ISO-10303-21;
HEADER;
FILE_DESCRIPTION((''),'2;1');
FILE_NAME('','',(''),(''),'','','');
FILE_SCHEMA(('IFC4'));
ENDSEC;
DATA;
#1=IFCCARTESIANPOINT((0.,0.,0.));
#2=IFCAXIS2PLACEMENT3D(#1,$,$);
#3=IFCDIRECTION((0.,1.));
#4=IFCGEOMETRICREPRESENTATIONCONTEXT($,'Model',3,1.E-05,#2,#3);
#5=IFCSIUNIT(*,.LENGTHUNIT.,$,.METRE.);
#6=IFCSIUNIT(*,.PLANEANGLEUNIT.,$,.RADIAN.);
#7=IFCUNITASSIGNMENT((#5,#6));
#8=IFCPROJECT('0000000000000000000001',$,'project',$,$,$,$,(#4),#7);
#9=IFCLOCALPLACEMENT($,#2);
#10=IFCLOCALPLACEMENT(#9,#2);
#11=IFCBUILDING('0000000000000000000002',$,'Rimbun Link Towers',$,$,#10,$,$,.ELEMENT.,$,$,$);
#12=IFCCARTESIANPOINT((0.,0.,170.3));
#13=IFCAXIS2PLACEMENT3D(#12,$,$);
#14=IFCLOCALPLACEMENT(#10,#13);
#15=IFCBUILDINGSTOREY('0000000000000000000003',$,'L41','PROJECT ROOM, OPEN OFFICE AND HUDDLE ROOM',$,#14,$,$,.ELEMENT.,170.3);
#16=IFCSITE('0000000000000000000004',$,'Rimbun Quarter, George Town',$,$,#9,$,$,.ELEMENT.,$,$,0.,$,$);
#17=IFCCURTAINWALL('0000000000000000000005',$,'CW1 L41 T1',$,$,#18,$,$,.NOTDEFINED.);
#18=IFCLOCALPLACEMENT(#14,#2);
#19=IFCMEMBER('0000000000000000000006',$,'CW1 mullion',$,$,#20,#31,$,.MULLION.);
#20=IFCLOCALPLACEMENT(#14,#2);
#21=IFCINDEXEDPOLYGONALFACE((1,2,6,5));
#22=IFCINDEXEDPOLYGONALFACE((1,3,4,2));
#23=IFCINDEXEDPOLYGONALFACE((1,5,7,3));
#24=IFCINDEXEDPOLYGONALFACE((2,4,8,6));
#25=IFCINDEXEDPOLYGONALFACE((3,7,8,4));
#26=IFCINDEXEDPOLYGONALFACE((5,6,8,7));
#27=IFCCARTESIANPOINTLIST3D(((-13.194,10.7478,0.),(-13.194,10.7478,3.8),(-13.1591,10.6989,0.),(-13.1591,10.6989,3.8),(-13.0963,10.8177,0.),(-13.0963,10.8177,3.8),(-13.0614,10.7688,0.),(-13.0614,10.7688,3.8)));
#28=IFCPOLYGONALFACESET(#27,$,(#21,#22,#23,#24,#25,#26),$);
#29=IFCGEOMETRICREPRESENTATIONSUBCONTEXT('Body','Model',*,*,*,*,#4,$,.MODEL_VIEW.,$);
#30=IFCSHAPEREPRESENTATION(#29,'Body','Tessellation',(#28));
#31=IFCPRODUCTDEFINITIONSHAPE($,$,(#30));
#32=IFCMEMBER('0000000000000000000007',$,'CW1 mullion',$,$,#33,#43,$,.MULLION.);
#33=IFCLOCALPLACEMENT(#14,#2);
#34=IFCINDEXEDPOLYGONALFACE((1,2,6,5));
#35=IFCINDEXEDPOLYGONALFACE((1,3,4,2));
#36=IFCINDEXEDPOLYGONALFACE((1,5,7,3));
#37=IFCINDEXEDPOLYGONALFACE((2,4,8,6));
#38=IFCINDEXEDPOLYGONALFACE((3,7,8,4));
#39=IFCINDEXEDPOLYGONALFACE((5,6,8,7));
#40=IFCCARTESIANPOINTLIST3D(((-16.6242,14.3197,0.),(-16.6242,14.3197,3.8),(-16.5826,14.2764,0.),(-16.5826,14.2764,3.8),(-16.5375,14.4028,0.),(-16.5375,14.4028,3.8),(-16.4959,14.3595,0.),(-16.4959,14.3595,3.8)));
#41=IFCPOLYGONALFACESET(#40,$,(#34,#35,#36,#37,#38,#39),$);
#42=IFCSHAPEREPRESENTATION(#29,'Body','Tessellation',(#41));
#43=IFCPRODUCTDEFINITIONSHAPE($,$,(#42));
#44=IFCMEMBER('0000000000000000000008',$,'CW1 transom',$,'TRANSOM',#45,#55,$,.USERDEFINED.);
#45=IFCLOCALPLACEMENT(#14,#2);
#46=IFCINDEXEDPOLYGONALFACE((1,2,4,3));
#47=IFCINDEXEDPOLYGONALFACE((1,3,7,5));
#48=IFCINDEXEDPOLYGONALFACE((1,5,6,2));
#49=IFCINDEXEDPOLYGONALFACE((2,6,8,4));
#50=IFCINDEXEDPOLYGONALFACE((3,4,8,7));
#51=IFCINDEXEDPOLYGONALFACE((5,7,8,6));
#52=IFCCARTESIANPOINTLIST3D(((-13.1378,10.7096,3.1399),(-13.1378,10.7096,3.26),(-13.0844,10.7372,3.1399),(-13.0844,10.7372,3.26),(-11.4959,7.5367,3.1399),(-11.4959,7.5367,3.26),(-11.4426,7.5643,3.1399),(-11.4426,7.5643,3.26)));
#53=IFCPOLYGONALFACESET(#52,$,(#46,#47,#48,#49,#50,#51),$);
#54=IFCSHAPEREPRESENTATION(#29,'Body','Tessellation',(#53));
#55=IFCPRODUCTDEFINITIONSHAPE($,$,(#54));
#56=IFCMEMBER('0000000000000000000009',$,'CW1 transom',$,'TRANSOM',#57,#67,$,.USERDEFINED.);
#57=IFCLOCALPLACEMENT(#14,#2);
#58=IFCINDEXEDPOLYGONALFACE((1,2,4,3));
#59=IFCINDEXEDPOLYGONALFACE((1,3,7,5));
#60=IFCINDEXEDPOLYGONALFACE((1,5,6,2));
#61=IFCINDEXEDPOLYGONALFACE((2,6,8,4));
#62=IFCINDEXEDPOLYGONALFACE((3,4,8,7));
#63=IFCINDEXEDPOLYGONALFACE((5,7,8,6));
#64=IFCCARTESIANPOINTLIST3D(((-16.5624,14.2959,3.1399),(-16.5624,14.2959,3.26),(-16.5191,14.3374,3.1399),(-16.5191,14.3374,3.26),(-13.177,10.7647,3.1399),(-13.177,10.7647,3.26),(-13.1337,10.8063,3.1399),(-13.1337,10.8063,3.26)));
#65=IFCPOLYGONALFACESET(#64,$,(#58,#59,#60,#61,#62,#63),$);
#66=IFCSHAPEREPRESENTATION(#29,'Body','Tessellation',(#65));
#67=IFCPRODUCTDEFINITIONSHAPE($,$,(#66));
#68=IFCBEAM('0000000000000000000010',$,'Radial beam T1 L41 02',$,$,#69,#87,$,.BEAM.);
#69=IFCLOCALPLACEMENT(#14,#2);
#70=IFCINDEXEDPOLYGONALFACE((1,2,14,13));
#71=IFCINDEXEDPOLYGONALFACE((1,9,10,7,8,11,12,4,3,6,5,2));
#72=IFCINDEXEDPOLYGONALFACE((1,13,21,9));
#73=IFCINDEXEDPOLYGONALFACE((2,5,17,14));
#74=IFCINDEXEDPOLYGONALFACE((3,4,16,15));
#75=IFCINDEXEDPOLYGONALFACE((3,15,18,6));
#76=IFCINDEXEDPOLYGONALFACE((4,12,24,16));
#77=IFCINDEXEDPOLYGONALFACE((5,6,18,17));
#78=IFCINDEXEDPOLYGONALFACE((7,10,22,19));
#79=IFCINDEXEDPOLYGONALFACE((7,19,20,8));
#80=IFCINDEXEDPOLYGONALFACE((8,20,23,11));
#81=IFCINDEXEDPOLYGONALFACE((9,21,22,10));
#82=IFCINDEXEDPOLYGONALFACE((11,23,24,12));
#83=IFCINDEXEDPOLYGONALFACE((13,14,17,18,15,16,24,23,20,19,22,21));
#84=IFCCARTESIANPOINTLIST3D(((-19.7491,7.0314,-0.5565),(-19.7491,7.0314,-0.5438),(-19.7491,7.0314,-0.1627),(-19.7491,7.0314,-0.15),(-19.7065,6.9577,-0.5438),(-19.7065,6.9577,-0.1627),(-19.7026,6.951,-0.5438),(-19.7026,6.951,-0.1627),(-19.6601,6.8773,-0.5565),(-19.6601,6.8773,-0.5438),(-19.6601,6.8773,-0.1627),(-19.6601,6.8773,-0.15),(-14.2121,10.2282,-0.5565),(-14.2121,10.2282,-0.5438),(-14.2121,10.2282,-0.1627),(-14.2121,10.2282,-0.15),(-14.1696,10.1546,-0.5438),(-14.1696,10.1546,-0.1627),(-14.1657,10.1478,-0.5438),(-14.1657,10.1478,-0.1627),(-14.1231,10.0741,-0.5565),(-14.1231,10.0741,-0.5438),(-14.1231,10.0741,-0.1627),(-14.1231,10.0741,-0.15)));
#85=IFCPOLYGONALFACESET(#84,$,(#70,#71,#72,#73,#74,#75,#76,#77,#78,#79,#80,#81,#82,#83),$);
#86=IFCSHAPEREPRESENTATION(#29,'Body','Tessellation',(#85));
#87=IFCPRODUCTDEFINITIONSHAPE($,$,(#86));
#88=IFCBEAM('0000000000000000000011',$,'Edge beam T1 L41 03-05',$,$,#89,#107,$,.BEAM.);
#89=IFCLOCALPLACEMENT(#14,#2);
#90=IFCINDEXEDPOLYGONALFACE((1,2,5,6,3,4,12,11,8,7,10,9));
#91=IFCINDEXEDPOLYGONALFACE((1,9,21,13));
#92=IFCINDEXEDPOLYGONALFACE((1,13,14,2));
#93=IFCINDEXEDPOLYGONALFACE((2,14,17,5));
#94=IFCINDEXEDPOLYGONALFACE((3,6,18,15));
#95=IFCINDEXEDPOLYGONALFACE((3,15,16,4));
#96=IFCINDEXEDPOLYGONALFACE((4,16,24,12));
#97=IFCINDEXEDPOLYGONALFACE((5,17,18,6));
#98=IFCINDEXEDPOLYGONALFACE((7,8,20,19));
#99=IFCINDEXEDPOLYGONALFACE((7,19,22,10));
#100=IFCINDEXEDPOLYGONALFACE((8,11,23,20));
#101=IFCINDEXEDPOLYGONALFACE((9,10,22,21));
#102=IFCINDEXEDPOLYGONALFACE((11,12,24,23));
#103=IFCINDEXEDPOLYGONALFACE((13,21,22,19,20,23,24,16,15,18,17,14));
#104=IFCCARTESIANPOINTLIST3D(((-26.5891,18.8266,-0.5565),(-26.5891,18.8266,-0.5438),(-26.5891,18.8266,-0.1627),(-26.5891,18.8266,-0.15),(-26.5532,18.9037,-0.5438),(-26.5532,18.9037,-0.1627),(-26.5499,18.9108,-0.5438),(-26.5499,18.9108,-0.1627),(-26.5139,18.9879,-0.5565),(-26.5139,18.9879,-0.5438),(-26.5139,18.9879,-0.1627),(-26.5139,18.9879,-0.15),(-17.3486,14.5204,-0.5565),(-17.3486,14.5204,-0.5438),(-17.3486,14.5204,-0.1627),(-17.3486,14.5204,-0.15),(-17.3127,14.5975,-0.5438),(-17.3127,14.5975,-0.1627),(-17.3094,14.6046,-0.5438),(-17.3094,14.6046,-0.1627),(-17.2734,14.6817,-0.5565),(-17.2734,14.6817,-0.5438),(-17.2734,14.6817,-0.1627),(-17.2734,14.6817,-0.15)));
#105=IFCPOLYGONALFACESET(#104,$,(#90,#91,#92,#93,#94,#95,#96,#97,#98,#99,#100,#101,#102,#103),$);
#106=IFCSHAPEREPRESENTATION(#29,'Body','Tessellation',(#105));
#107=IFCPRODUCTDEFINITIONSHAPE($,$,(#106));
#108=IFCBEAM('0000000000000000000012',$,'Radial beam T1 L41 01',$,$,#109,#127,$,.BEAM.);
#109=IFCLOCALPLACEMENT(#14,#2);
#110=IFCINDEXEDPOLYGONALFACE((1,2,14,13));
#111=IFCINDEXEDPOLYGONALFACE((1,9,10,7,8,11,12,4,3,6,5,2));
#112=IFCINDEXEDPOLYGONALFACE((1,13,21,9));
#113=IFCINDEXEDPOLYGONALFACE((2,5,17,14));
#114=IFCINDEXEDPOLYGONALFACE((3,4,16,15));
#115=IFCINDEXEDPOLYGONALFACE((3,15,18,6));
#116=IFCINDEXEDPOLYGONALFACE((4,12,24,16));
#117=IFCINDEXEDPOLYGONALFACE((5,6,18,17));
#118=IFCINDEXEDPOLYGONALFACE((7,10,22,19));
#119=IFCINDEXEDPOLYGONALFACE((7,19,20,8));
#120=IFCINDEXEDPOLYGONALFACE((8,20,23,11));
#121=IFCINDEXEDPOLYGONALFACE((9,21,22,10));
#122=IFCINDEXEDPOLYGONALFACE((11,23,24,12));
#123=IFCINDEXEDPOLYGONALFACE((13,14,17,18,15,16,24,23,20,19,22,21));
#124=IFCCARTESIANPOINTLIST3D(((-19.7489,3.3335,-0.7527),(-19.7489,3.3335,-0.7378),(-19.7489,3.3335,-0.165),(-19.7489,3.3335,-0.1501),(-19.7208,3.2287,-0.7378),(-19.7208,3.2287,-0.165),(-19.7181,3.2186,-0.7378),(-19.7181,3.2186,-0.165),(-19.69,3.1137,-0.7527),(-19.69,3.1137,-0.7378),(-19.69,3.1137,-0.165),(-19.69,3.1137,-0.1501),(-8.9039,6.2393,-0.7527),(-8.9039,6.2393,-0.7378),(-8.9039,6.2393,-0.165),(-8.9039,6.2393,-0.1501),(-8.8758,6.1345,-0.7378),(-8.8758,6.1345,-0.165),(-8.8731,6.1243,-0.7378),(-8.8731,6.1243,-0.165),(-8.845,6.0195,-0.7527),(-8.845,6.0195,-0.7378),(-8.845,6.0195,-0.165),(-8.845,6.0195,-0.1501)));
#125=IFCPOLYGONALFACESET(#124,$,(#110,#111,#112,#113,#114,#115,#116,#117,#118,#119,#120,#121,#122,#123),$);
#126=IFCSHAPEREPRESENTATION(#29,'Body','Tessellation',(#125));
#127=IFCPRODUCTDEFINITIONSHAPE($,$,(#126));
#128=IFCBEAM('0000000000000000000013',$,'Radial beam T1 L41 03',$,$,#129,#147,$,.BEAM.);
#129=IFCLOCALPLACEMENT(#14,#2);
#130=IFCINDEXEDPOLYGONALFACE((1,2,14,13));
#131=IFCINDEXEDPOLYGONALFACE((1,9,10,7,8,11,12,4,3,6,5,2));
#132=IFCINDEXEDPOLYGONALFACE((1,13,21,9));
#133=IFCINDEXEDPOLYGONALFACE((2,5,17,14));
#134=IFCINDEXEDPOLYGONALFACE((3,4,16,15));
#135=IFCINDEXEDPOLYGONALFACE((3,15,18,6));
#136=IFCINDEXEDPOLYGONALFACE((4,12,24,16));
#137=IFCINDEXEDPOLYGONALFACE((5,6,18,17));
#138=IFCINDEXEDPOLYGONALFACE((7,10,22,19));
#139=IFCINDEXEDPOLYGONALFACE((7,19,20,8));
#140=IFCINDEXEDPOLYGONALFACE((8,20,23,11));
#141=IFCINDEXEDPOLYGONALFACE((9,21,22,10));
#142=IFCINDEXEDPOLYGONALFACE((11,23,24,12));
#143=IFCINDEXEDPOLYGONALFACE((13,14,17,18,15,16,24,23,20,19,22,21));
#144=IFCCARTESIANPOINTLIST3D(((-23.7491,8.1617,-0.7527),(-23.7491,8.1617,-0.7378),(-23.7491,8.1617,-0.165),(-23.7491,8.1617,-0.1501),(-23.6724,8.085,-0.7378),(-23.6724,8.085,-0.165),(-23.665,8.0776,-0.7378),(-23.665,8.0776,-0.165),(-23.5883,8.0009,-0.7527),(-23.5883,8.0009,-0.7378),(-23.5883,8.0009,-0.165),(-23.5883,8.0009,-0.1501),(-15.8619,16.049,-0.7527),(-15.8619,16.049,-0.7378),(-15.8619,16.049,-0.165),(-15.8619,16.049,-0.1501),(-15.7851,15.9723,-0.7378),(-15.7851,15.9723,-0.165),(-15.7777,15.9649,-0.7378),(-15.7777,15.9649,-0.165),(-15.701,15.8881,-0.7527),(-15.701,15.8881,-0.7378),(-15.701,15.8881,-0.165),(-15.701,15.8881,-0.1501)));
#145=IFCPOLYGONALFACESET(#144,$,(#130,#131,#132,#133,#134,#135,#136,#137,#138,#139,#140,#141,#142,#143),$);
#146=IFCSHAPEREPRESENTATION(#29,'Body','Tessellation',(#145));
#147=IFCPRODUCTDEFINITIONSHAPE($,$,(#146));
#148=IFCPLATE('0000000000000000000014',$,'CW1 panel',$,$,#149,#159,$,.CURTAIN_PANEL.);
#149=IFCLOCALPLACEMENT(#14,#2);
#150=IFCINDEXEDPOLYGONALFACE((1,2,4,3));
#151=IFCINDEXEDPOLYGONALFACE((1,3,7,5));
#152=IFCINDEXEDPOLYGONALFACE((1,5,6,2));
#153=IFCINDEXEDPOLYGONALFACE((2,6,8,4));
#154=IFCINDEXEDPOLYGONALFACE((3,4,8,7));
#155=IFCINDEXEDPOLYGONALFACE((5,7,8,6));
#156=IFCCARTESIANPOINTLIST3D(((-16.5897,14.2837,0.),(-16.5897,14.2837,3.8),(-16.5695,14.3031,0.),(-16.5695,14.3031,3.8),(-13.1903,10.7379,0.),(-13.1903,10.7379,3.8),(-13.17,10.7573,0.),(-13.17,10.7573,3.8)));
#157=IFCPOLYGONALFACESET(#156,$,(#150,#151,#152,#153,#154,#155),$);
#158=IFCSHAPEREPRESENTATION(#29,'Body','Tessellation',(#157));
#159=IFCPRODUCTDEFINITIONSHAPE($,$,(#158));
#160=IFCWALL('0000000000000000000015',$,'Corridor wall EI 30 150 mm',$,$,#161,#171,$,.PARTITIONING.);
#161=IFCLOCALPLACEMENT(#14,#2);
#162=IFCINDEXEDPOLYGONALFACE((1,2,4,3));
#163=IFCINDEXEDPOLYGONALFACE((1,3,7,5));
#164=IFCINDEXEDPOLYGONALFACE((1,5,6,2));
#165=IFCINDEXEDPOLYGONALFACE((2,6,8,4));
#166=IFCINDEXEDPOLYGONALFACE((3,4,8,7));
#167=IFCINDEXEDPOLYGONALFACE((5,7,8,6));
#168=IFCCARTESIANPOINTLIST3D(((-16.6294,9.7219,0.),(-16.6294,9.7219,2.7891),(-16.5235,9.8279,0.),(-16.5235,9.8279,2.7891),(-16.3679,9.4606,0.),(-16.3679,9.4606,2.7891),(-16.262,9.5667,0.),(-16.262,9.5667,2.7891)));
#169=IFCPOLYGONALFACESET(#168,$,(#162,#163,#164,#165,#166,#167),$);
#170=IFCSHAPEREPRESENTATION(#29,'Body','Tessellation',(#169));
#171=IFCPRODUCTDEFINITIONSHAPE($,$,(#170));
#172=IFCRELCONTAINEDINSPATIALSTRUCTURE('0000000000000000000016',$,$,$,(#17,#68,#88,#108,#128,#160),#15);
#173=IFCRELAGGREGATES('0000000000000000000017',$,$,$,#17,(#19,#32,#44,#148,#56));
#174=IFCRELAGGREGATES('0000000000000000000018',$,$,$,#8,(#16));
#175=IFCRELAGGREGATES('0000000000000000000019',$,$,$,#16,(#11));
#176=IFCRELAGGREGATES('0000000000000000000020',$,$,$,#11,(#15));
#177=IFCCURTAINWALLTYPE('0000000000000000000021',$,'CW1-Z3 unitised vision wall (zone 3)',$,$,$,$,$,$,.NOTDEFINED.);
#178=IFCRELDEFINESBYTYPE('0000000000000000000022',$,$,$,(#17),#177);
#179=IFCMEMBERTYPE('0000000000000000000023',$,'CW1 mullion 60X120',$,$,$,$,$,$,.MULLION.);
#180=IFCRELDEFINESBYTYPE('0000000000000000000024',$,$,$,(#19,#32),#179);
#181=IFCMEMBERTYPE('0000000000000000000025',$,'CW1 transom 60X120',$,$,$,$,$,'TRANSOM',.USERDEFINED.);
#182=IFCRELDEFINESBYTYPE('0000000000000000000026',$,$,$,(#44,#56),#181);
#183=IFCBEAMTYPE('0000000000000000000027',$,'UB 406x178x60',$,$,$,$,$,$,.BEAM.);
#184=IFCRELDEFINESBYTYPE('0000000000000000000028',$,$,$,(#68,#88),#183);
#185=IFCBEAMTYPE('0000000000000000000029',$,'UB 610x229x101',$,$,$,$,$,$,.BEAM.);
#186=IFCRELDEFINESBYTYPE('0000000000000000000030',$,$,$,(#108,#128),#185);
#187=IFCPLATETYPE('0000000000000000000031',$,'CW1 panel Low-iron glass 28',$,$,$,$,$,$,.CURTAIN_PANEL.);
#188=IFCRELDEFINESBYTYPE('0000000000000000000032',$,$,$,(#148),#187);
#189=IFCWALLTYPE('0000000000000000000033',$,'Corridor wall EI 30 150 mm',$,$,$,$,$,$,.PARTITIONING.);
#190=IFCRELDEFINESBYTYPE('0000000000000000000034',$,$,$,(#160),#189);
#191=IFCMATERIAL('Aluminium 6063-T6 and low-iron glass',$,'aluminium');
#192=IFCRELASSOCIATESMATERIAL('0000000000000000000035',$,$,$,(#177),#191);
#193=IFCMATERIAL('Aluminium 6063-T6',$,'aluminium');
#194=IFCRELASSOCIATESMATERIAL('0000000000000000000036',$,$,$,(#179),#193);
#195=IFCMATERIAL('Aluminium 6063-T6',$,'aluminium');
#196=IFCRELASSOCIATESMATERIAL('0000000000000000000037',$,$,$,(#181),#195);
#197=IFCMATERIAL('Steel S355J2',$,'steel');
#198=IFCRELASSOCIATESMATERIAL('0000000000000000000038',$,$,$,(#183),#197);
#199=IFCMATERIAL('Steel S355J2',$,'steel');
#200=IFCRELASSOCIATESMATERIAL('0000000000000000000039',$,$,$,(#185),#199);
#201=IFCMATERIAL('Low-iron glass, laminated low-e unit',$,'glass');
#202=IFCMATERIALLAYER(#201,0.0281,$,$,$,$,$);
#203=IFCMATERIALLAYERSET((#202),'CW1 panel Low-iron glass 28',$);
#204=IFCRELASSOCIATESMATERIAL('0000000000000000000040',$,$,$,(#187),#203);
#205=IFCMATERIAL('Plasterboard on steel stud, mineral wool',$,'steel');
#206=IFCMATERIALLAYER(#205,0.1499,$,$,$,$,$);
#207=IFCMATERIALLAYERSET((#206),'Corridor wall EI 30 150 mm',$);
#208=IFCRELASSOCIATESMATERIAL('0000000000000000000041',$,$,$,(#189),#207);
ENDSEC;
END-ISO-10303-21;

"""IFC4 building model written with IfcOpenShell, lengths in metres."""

from ifc_helpers import new_model, si_unit, direction, frame, frame_2d, origin, origin_2d, place, context, subcontext, project, spatial, rectangle, i_section, extrude, material, layer, layer_set, material_profile, profile_set, type_object, element, aggregate, save


model = new_model("IFC4")

# Units and contexts
model_context = context("Model", 3, precision=1e-05, world=origin(), true_north=direction((0.0, 1.0)))
body_context = subcontext(model_context, "Body", "Model", "MODEL_VIEW")
ifc_project = project(units=[si_unit("LENGTHUNIT", "METRE"), si_unit("PLANEANGLEUNIT", "RADIAN")], contexts=[model_context])

# Site, building, storey
site_placement = place(None, origin())
site = spatial("IfcSite", under=ifc_project, at=site_placement, Name="Rimbun Quarter, George Town", CompositionType="ELEMENT", RefElevation=0.0)
building_placement = place(site_placement, origin())
building = spatial("IfcBuilding", under=site, at=building_placement, Name="Rimbun Link Towers", CompositionType="ELEMENT")
storey_placement = place(building_placement, frame((0.0, 0.0, 170.3)))
storey = spatial("IfcBuildingStorey", under=building, at=storey_placement, Name="L41", Description="PROJECT ROOM, OPEN OFFICE AND HUDDLE ROOM", CompositionType="ELEMENT", Elevation=170.3)

# Curtain wall, members
ifc_material_1 = material(Name="Aluminium 6063-T6 and low-iron glass", Category="aluminium")
curtain_wall_type = type_object("IfcCurtainWallType", Name="CW1-Z3 unitised vision wall (zone 3)", PredefinedType="NOTDEFINED", material=ifc_material_1)
curtain_wall_placement = place(storey_placement, origin())
curtain_wall = element("IfcCurtainWall", 1, at=curtain_wall_placement, inside=storey, type_object=curtain_wall_type, Name="CW1 L41 T1", PredefinedType="NOTDEFINED")
ifc_material_2 = material(Name="Aluminium 6063-T6", Category="aluminium")
ifc_material_profile_1 = material_profile(ifc_material_2, rectangle(XDim=0.1201, YDim=0.0601, at=origin_2d()), Name="MULLION 60X120")
ifc_profile_set_1 = profile_set([ifc_material_profile_1], Name="Aluminium 6063-T6")
member_type_1 = type_object("IfcMemberType", Name="CW1 mullion 60X120", PredefinedType="MULLION", material=ifc_profile_set_1)
member_1_placement = place(storey_placement, frame((-13.1277, 10.7583, 0.0), z_axis=(0.0, 0.0, 1.0), x_axis=(0.81335, 0.581775, 0.0)))
member_1 = element("IfcMember", 2, at=member_1_placement, type_object=member_type_1, Name="CW1 mullion", PredefinedType="MULLION", context=body_context, shape_type="SweptSolid", body=[
    extrude(rectangle(XDim=0.1201, YDim=0.0601, at=origin_2d()), origin(), (0.0, 0.0, 1.0), 3.8),
])
member_2_placement = place(storey_placement, frame((-16.5601, 14.3396, 0.0), z_axis=(0.0, 0.0, 1.0), x_axis=(0.721854, 0.692045, 0.0)))
member_2 = element("IfcMember", 3, at=member_2_placement, type_object=member_type_1, Name="CW1 mullion", PredefinedType="MULLION", context=body_context, shape_type="SweptSolid", body=[
    extrude(rectangle(XDim=0.1201, YDim=0.0601, at=origin_2d()), origin(), (0.0, 0.0, 1.0), 3.8),
])
ifc_material_3 = material(Name="Aluminium 6063-T6", Category="aluminium")
ifc_material_profile_2 = material_profile(ifc_material_3, rectangle(XDim=0.0601, YDim=0.1201, at=origin_2d()), Name="TRANSOM 60X120")
ifc_profile_set_2 = profile_set([ifc_material_profile_2], Name="Aluminium 6063-T6")
member_type_2 = type_object("IfcMemberType", Name="CW1 transom 60X120", ElementType="TRANSOM", PredefinedType="USERDEFINED", material=ifc_profile_set_2)
member_3_placement = place(storey_placement, frame((-13.1111, 10.7234, 3.2), z_axis=(0.459581, -0.888136, 0.0), x_axis=(0.888136, 0.459581, 0.0)))
member_3 = element("IfcMember", 4, at=member_3_placement, type_object=member_type_2, Name="CW1 transom", ObjectType="TRANSOM", PredefinedType="USERDEFINED", context=body_context, shape_type="SweptSolid", body=[
    extrude(rectangle(XDim=0.0601, YDim=0.1201, at=origin_2d()), origin(), (0.0, 0.0, 1.0), 3.5725),
])
member_4_placement = place(storey_placement, frame((-16.5408, 14.3167, 3.2), z_axis=(0.692053, -0.721847, 0.0), x_axis=(0.721847, 0.692053, 0.0)))
member_4 = element("IfcMember", 5, at=member_4_placement, type_object=member_type_2, Name="CW1 transom", ObjectType="TRANSOM", PredefinedType="USERDEFINED", context=body_context, shape_type="SweptSolid", body=[
    extrude(rectangle(XDim=0.0601, YDim=0.1201, at=origin_2d()), origin(), (0.0, 0.0, 1.0), 4.8918),
])

# Beams
ifc_material_4 = material(Name="Steel S355J2", Category="steel")
ifc_material_profile_3 = material_profile(ifc_material_4, i_section(OverallWidth=0.178, OverallDepth=0.4065, WebThickness=0.0078, FlangeThickness=0.0127, at=origin_2d()), Name="UB 406x178x60")
ifc_profile_set_3 = profile_set([ifc_material_profile_3], Name="Steel S355J2")
beam_type_1 = type_object("IfcBeamType", Name="UB 406x178x60", PredefinedType="BEAM", material=ifc_profile_set_3)
beam_1_placement = place(storey_placement, frame((-19.7046, 6.9543, -0.3533), z_axis=(0.866021, 0.500008, 0.0), x_axis=(-0.500008, 0.866021, 0.0)))
element("IfcBeam", 6, at=beam_1_placement, inside=storey, type_object=beam_type_1, Name="Radial beam T1 L41 02", PredefinedType="BEAM", context=body_context, shape_type="SweptSolid", body=[
    extrude(i_section(OverallWidth=0.178, OverallDepth=0.4065, WebThickness=0.0078, FlangeThickness=0.0127, at=origin_2d()), origin(), (0.0, 0.0, 1.0), 6.3936),
])
beam_2_placement = place(storey_placement, frame((-17.311, 14.6011, -0.3533), z_axis=(-0.906411, 0.422396, 0.0), x_axis=(-0.422396, -0.906411, 0.0)))
element("IfcBeam", 7, at=beam_2_placement, inside=storey, type_object=beam_type_1, Name="Edge beam T1 L41 03-05", PredefinedType="BEAM", context=body_context, shape_type="SweptSolid", body=[
    extrude(i_section(OverallWidth=0.178, OverallDepth=0.4065, WebThickness=0.0078, FlangeThickness=0.0127, at=origin_2d()), origin(), (0.0, 0.0, 1.0), 10.1946),
])
ifc_material_5 = material(Name="Steel S355J2", Category="steel")
ifc_material_profile_4 = material_profile(ifc_material_5, i_section(OverallWidth=0.2275, OverallDepth=0.6025, WebThickness=0.0105, FlangeThickness=0.0149, at=origin_2d()), Name="UB 610x229x101")
ifc_profile_set_4 = profile_set([ifc_material_profile_4], Name="Steel S355J2")
beam_type_2 = type_object("IfcBeamType", Name="UB 610x229x101", PredefinedType="BEAM", material=ifc_profile_set_4)
beam_3_placement = place(storey_placement, frame((-19.7195, 3.2236, -0.4514), z_axis=(0.965929, 0.258807, 0.0), x_axis=(-0.258807, 0.965929, 0.0)))
element("IfcBeam", 8, at=beam_3_placement, inside=storey, type_object=beam_type_2, Name="Radial beam T1 L41 01", PredefinedType="BEAM", context=body_context, shape_type="SweptSolid", body=[
    extrude(i_section(OverallWidth=0.2275, OverallDepth=0.6025, WebThickness=0.0105, FlangeThickness=0.0149, at=origin_2d()), origin(), (0.0, 0.0, 1.0), 11.2275),
])
beam_4_placement = place(storey_placement, frame((-23.6687, 8.0813, -0.4514), z_axis=(0.707107, 0.707107, 0.0), x_axis=(-0.707107, 0.707107, 0.0)))
element("IfcBeam", 9, at=beam_4_placement, inside=storey, type_object=beam_type_2, Name="Radial beam T1 L41 03", PredefinedType="BEAM", context=body_context, shape_type="SweptSolid", body=[
    extrude(i_section(OverallWidth=0.2275, OverallDepth=0.6025, WebThickness=0.0105, FlangeThickness=0.0149, at=origin_2d()), origin(), (0.0, 0.0, 1.0), 11.1543),
])

# Plate
ifc_material_6 = material(Name="Low-iron glass, laminated low-e unit", Category="glass")
ifc_layer_1 = layer(ifc_material_6, 0.0281)
ifc_layer_set_1 = layer_set([ifc_layer_1], Name="CW1 panel Low-iron glass 28")
plate_type = type_object("IfcPlateType", Name="CW1 panel Low-iron glass 28", PredefinedType="CURTAIN_PANEL", material=ifc_layer_set_1)
plate_placement = place(storey_placement, frame((-14.8799, 12.5205, 0.0), z_axis=(0.0, 0.0, 1.0), x_axis=(0.692045, -0.721854, 0.0)))
plate = element("IfcPlate", 10, at=plate_placement, type_object=plate_type, Name="CW1 panel", PredefinedType="CURTAIN_PANEL", context=body_context, shape_type="SweptSolid", body=[
    extrude(rectangle(XDim=4.9121, YDim=0.0281, at=origin_2d()), origin(), (0.0, 0.0, 1.0), 3.8),
])
aggregate(curtain_wall, [member_1, member_2, member_3, plate, member_4])

# Wall
ifc_material_7 = material(Name="Plasterboard on steel stud, mineral wool", Category="steel")
ifc_layer_2 = layer(ifc_material_7, 0.1499)
ifc_layer_set_2 = layer_set([ifc_layer_2], Name="Corridor wall EI 30 150 mm")
wall_type_1 = type_object("IfcWallType", Name="Corridor wall EI 30 150 mm", PredefinedType="PARTITIONING", material=ifc_layer_set_2)
wall_1_placement = place(storey_placement, frame((-16.3149, 9.5137, 0.0), z_axis=(0.0, 0.0, 1.0), x_axis=(-0.707437, 0.706776, 0.0)))
element("IfcWall", 11, at=wall_1_placement, inside=storey, type_object=wall_type_1, Name="Corridor wall EI 30 150 mm", PredefinedType="PARTITIONING", context=body_context, shape_type="SweptSolid", body=[
    extrude(rectangle(XDim=0.3696, YDim=0.1499, at=frame_2d((0.1848, 0.0))), origin(), (0.0, 0.0, 1.0), 2.7891),
])

save(model, "model.ifc")
